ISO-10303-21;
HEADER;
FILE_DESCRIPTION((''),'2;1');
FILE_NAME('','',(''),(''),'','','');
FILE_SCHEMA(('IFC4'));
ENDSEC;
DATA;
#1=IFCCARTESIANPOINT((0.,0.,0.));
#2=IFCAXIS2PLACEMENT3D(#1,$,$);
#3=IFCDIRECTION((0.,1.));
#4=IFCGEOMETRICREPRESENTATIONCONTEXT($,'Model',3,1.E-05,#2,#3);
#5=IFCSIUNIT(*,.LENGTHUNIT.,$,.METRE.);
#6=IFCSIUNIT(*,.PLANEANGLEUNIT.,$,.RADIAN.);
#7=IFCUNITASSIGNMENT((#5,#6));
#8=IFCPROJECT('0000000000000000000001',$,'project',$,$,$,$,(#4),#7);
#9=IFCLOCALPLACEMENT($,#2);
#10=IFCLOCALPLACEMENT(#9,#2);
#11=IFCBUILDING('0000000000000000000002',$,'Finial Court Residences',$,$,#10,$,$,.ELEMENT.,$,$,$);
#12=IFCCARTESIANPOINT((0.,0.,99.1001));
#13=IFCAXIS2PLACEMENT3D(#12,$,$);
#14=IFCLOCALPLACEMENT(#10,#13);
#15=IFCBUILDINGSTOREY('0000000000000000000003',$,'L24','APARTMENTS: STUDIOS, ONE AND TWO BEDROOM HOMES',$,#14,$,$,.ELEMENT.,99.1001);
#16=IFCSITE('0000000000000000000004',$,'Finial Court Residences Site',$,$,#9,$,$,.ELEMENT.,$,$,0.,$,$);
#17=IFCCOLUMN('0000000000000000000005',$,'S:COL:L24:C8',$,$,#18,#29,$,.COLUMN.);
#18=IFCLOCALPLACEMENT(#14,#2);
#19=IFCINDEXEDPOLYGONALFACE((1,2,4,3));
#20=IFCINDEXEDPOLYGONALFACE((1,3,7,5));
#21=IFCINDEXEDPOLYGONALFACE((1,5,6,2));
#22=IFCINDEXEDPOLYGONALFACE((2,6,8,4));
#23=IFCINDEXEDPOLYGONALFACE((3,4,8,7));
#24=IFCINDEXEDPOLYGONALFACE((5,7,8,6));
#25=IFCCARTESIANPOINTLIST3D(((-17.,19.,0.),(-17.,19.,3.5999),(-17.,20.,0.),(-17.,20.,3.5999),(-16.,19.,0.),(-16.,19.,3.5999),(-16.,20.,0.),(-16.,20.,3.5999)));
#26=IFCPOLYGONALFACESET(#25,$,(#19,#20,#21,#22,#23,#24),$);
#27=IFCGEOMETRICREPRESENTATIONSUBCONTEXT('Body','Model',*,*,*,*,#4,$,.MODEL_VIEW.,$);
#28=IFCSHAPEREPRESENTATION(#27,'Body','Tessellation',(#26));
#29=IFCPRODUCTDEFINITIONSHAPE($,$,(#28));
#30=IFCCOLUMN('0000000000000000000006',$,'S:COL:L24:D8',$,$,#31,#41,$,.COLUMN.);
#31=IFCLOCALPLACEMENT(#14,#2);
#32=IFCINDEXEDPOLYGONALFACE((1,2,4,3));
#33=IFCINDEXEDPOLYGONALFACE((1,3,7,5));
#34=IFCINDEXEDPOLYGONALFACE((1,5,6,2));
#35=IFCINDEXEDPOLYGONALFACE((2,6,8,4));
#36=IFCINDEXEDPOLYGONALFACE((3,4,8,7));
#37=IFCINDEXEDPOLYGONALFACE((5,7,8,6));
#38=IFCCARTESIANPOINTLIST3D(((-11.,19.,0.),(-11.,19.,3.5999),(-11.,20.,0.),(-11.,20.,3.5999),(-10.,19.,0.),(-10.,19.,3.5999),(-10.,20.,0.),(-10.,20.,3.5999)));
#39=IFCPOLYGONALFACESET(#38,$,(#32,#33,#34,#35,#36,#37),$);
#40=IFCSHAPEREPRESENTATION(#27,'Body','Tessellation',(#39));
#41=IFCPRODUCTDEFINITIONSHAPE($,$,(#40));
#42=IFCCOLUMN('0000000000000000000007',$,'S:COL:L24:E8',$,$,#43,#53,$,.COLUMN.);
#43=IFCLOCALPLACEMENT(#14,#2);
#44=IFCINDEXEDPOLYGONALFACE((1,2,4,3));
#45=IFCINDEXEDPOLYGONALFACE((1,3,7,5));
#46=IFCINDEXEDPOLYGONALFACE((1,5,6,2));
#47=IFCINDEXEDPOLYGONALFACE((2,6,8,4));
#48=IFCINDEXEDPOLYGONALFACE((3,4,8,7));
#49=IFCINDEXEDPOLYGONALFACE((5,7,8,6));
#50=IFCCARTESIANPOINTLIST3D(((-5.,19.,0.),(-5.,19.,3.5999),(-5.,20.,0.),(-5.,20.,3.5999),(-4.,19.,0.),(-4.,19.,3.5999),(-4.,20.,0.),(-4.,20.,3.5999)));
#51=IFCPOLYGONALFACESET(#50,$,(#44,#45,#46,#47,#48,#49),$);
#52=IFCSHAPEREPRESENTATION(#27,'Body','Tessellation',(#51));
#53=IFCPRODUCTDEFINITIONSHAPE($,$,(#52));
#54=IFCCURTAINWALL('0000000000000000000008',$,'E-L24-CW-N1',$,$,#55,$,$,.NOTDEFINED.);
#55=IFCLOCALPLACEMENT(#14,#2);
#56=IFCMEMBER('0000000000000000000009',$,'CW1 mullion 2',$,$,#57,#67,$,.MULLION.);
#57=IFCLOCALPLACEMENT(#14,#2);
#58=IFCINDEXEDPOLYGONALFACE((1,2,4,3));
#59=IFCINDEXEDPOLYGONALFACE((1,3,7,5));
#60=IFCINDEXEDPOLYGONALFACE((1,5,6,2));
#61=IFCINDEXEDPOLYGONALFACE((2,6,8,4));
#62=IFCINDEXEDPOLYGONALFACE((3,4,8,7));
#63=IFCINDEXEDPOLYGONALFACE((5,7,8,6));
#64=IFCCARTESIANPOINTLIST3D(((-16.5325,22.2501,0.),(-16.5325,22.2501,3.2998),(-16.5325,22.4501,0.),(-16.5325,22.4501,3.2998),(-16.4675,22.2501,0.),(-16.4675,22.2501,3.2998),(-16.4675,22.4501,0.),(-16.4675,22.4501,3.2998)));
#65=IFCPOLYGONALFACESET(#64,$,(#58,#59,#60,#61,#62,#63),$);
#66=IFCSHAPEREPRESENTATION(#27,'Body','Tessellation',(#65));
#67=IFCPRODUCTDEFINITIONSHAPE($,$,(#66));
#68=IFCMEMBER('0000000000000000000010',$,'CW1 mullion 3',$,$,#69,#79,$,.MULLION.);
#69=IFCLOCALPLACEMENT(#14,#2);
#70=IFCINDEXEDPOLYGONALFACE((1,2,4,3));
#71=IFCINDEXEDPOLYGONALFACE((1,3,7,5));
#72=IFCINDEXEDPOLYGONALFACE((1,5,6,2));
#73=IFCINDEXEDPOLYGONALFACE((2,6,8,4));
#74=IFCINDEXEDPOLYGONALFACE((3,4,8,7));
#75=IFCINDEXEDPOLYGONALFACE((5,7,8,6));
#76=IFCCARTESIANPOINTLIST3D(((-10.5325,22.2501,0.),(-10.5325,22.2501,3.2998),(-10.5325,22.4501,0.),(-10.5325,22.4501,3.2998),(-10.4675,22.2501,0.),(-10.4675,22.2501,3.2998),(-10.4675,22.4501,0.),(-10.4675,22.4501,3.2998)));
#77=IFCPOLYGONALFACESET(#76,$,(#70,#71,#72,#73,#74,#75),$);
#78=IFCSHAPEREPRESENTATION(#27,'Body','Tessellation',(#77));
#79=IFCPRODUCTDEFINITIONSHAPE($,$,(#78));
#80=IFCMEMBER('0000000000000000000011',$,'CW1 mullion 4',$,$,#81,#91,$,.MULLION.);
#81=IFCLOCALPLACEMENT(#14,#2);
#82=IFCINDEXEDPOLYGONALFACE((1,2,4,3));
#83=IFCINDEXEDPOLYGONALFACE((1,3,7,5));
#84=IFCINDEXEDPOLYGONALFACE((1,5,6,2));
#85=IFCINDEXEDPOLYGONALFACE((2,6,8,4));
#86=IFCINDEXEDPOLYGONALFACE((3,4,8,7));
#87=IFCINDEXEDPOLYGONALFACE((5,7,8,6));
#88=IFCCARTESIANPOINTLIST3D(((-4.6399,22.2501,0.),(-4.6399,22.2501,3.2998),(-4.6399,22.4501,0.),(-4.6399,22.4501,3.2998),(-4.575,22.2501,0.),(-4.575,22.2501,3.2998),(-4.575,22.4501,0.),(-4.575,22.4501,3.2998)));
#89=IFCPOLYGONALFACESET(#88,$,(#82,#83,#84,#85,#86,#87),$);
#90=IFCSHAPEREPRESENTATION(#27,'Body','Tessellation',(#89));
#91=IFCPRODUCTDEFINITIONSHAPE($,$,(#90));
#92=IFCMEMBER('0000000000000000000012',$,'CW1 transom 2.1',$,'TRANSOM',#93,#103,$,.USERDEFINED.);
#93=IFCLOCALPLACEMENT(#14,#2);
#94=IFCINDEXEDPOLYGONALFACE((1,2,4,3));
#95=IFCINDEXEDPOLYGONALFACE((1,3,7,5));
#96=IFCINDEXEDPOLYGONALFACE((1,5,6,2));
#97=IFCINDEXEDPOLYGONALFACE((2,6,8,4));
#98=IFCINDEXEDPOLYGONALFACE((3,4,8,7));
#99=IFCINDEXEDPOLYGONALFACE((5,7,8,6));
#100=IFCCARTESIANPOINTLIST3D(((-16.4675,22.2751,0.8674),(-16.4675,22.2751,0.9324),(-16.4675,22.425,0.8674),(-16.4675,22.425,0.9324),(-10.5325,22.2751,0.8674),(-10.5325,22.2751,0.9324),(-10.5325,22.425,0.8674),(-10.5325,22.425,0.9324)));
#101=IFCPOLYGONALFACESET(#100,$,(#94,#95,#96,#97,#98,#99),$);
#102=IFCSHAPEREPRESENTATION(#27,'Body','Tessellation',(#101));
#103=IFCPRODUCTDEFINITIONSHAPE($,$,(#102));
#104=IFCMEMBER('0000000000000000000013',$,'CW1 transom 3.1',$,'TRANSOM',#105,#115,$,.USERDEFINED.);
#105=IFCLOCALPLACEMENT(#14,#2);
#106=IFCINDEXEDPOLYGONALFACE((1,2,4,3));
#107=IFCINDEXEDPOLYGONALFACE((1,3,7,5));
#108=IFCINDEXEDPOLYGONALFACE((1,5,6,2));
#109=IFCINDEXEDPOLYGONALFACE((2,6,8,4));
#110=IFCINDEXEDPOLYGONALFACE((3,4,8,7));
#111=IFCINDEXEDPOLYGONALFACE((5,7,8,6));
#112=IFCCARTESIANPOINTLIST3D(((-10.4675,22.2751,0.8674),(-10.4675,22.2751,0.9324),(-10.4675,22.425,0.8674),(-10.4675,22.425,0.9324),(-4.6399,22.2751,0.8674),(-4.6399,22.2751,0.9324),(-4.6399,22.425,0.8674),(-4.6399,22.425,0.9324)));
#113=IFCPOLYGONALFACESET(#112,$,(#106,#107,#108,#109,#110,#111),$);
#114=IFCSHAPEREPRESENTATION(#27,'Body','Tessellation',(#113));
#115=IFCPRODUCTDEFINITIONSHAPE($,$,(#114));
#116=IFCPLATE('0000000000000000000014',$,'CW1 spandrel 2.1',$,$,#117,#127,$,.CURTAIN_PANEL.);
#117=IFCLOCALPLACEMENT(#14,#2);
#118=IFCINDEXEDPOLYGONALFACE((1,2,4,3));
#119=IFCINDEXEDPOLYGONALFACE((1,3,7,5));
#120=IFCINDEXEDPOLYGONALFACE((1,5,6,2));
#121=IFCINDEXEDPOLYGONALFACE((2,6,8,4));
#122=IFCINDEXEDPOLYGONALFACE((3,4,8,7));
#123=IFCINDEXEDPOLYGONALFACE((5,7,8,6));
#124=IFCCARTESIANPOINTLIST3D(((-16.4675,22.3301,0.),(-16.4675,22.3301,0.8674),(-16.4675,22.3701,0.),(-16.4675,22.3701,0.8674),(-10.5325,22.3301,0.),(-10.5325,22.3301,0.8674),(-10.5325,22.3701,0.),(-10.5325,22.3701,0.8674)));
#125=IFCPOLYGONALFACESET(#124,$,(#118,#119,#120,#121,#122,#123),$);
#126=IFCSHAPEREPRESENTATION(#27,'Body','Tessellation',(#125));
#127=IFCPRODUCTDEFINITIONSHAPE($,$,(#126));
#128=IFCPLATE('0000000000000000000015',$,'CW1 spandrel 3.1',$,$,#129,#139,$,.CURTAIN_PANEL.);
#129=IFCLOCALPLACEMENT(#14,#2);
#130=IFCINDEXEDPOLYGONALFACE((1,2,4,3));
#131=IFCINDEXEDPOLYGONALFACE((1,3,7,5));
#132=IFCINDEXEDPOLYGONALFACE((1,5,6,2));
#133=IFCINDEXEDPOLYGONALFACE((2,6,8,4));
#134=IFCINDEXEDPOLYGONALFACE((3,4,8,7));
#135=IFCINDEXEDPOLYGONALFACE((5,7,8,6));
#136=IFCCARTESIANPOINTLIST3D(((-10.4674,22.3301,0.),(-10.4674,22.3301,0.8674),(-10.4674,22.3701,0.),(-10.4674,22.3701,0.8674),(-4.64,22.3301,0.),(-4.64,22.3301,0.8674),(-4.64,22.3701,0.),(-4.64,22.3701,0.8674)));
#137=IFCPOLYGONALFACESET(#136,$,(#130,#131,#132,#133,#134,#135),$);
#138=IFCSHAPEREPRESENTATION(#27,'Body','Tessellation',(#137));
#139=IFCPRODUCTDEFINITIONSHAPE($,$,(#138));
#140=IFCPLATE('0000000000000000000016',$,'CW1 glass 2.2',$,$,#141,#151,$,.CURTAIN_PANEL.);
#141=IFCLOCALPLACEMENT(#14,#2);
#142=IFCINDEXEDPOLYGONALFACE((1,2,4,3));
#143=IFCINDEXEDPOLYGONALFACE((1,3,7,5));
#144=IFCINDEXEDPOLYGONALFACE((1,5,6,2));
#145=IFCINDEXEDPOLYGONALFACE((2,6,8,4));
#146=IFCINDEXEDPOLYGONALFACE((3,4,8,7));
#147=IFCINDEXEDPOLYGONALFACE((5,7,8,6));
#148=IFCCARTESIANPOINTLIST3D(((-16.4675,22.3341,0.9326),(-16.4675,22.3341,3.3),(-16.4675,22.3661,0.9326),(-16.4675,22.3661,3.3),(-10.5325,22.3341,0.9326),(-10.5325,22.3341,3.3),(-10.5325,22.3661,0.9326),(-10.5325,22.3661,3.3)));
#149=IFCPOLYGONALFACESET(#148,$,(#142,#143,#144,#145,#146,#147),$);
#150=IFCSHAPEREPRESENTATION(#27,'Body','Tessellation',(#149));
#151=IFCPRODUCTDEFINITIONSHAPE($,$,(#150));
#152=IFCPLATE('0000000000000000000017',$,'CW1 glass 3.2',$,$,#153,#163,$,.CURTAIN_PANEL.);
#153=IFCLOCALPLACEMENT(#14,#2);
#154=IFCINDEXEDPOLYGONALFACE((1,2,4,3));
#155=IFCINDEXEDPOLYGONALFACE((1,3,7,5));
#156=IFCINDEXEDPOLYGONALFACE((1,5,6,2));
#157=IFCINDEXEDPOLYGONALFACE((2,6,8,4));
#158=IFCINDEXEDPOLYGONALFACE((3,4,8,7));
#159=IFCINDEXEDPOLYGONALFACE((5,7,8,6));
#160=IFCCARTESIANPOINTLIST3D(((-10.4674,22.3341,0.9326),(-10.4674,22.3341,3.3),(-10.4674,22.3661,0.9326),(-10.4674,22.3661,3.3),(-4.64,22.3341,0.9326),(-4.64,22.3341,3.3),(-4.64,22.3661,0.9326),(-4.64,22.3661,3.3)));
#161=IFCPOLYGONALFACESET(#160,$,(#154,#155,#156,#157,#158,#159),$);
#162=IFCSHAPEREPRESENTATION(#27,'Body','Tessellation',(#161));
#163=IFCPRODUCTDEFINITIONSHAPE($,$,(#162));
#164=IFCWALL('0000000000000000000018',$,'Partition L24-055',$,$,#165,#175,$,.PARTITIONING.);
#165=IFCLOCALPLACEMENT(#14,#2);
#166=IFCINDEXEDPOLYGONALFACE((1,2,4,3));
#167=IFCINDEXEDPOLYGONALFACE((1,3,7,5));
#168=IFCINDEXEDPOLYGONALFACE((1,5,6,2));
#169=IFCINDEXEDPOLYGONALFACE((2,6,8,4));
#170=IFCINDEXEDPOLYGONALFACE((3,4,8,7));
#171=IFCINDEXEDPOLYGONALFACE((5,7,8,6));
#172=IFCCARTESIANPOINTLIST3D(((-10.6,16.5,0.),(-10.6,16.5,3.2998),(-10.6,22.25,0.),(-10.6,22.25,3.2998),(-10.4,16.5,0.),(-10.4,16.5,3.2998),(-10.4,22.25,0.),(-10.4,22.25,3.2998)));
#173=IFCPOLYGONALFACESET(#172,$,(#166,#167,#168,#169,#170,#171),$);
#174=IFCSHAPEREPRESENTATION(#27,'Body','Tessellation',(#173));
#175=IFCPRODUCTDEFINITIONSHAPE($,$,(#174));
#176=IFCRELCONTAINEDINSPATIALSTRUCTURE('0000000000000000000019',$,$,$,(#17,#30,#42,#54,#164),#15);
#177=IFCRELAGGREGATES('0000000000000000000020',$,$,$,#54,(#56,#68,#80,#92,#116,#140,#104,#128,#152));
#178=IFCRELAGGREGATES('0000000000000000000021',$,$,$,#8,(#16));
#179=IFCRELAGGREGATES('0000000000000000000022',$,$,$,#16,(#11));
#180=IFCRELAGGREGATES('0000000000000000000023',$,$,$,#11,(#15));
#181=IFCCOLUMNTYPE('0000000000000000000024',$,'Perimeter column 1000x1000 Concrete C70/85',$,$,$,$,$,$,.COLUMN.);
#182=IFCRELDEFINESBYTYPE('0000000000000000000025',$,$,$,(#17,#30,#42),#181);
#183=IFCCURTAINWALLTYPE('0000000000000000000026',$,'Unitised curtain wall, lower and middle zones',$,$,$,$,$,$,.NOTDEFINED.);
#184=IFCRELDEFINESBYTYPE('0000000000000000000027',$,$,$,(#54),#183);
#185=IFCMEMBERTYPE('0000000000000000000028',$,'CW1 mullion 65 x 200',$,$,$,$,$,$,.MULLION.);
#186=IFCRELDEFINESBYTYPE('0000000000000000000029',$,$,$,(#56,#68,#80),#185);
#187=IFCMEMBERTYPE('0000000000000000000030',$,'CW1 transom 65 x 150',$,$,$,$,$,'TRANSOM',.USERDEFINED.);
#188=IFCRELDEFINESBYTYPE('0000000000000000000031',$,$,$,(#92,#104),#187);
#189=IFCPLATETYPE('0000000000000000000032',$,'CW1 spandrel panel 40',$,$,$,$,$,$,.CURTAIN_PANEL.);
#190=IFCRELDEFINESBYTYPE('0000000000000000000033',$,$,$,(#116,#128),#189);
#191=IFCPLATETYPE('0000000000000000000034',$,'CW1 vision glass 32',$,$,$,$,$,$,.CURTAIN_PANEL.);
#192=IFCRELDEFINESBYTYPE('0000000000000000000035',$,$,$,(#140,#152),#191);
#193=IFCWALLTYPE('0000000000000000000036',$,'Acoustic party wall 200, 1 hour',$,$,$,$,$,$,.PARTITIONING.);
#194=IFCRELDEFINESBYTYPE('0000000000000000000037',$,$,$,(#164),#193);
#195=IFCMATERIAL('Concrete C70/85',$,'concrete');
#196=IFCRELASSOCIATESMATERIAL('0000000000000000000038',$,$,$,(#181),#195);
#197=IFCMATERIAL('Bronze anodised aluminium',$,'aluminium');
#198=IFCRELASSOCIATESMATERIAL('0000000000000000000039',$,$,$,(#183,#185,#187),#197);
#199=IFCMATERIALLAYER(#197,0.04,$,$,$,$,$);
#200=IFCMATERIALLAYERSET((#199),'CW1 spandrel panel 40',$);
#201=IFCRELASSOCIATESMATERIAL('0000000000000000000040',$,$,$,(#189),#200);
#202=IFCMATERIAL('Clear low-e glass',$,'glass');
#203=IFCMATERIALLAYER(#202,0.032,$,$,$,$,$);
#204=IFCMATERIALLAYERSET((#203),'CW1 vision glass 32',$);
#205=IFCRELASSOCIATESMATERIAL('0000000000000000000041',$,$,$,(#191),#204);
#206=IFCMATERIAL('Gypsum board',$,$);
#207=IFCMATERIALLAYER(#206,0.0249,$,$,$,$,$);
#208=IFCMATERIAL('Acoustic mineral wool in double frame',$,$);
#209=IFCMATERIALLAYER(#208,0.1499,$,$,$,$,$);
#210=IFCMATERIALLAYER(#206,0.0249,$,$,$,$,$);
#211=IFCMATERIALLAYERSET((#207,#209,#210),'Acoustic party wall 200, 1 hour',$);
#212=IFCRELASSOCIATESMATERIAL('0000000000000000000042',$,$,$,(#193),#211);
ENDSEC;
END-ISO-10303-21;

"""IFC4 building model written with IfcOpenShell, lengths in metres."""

from ifc_helpers import new_model, si_unit, direction, frame, frame_2d, origin, origin_2d, place, context, subcontext, project, spatial, rectangle, extrude, material, layer, layer_set, material_profile, profile_set, type_object, element, aggregate, save


model = new_model("IFC4")

# Units and contexts
model_context = context("Model", 3, precision=1e-05, world=origin(), true_north=direction((0.0, 1.0)))
body_context = subcontext(model_context, "Body", "Model", "MODEL_VIEW")
ifc_project = project(units=[si_unit("LENGTHUNIT", "METRE"), si_unit("PLANEANGLEUNIT", "RADIAN")], contexts=[model_context])

# Site, building, storey
site_placement = place(None, origin())
site = spatial("IfcSite", under=ifc_project, at=site_placement, Name="Finial Court Residences Site", CompositionType="ELEMENT", RefElevation=0.0)
building_placement = place(site_placement, origin())
building = spatial("IfcBuilding", under=site, at=building_placement, Name="Finial Court Residences", CompositionType="ELEMENT")
storey_placement = place(building_placement, frame((0.0, 0.0, 99.1001)))
storey = spatial("IfcBuildingStorey", under=building, at=storey_placement, Name="L24", Description="APARTMENTS: STUDIOS, ONE AND TWO BEDROOM HOMES", CompositionType="ELEMENT", Elevation=99.1001)

# Columns
ifc_material_1 = material(Name="Concrete C70/85", Category="concrete")
ifc_material_profile_1 = material_profile(ifc_material_1, rectangle(XDim=1.0, YDim=1.0, at=origin_2d()), Name="1000x1000")
ifc_profile_set_1 = profile_set([ifc_material_profile_1], Name="Concrete C70/85")
column_type = type_object("IfcColumnType", Name="Perimeter column 1000x1000 Concrete C70/85", PredefinedType="COLUMN", material=ifc_profile_set_1)
for number, where, z_axis, x_axis, name in (
    (1, (-16.5, 19.5, 0.0), (0.0, 0.0, 1.0), (1.0, 0.0, 0.0), "S:COL:L24:C8"),
    (2, (-10.5, 19.5, 0.0), (0.0, 0.0, 1.0), (1.0, 0.0, 0.0), "S:COL:L24:D8"),
    (3, (-4.5, 19.5, 0.0), (0.0, 0.0, 1.0), (1.0, 0.0, 0.0), "S:COL:L24:E8"),
):
    element("IfcColumn", number, at=place(storey_placement, frame(where, z_axis=z_axis, x_axis=x_axis)), inside=storey, type_object=column_type, Name=name, PredefinedType="COLUMN", context=body_context, shape_type="SweptSolid", body=[
        extrude(rectangle(XDim=1.0, YDim=1.0, at=origin_2d()), origin(), (0.0, 0.0, 1.0), 3.5999),
    ])

# Curtain wall, members, plates
ifc_material_2 = material(Name="Bronze anodised aluminium", Category="aluminium")
curtain_wall_type = type_object("IfcCurtainWallType", Name="Unitised curtain wall, lower and middle zones", PredefinedType="NOTDEFINED", material=ifc_material_2)
curtain_wall_placement = place(storey_placement, origin())
curtain_wall = element("IfcCurtainWall", 4, at=curtain_wall_placement, inside=storey, type_object=curtain_wall_type, Name="E-L24-CW-N1", PredefinedType="NOTDEFINED")
ifc_material_profile_2 = material_profile(ifc_material_2, rectangle(XDim=0.2, YDim=0.0649, at=origin_2d()), Name="CW1 mullion 65 x 200")
ifc_profile_set_2 = profile_set([ifc_material_profile_2], Name="Bronze anodised aluminium")
member_type_1 = type_object("IfcMemberType", Name="CW1 mullion 65 x 200", PredefinedType="MULLION", material=ifc_profile_set_2)
member_1_placement = place(storey_placement, frame((-16.5, 22.3501, 0.0), z_axis=(0.0, 0.0, 1.0), x_axis=(0.0, 1.0, 0.0)))
member_1 = element("IfcMember", 5, at=member_1_placement, type_object=member_type_1, Name="CW1 mullion 2", PredefinedType="MULLION", context=body_context, shape_type="SweptSolid", body=[
    extrude(rectangle(XDim=0.2, YDim=0.0649, at=origin_2d()), origin(), (0.0, 0.0, 1.0), 3.2998),
])
member_2_placement = place(storey_placement, frame((-10.5, 22.3501, 0.0), z_axis=(0.0, 0.0, 1.0), x_axis=(0.0, 1.0, 0.0)))
member_2 = element("IfcMember", 6, at=member_2_placement, type_object=member_type_1, Name="CW1 mullion 3", PredefinedType="MULLION", context=body_context, shape_type="SweptSolid", body=[
    extrude(rectangle(XDim=0.2, YDim=0.0649, at=origin_2d()), origin(), (0.0, 0.0, 1.0), 3.2998),
])
member_3_placement = place(storey_placement, frame((-4.6074, 22.3501, 0.0), z_axis=(0.0, 0.0, 1.0), x_axis=(0.0, 1.0, 0.0)))
member_3 = element("IfcMember", 7, at=member_3_placement, type_object=member_type_1, Name="CW1 mullion 4", PredefinedType="MULLION", context=body_context, shape_type="SweptSolid", body=[
    extrude(rectangle(XDim=0.2, YDim=0.0649, at=origin_2d()), origin(), (0.0, 0.0, 1.0), 3.2998),
])
ifc_material_profile_3 = material_profile(ifc_material_2, rectangle(XDim=0.1499, YDim=0.0649, at=origin_2d()), Name="CW1 transom 65 x 150")
ifc_profile_set_3 = profile_set([ifc_material_profile_3], Name="Bronze anodised aluminium")
member_type_2 = type_object("IfcMemberType", Name="CW1 transom 65 x 150", ElementType="TRANSOM", PredefinedType="USERDEFINED", material=ifc_profile_set_3)
member_4_placement = place(storey_placement, frame((-16.4675, 22.3501, 0.8999), z_axis=(1.0, 0.0, 0.0), x_axis=(0.0, 1.0, 0.0)))
member_4 = element("IfcMember", 8, at=member_4_placement, type_object=member_type_2, Name="CW1 transom 2.1", ObjectType="TRANSOM", PredefinedType="USERDEFINED", context=body_context, shape_type="SweptSolid", body=[
    extrude(rectangle(XDim=0.1499, YDim=0.0649, at=origin_2d()), origin(), (0.0, 0.0, 1.0), 5.9351),
])
member_5_placement = place(storey_placement, frame((-10.4675, 22.3501, 0.8999), z_axis=(1.0, 0.0, 0.0), x_axis=(0.0, 1.0, 0.0)))
member_5 = element("IfcMember", 9, at=member_5_placement, type_object=member_type_2, Name="CW1 transom 3.1", ObjectType="TRANSOM", PredefinedType="USERDEFINED", context=body_context, shape_type="SweptSolid", body=[
    extrude(rectangle(XDim=0.1499, YDim=0.0649, at=origin_2d()), origin(), (0.0, 0.0, 1.0), 5.8276),
])
ifc_layer_1 = layer(ifc_material_2, 0.04)
ifc_layer_set_1 = layer_set([ifc_layer_1], Name="CW1 spandrel panel 40")
plate_type_1 = type_object("IfcPlateType", Name="CW1 spandrel panel 40", PredefinedType="CURTAIN_PANEL", material=ifc_layer_set_1)
plate_1_placement = place(storey_placement, frame((-13.5, 22.3501, 0.0), z_axis=(0.0, 0.0, 1.0), x_axis=(1.0, 0.0, 0.0)))
plate_1 = element("IfcPlate", 10, at=plate_1_placement, type_object=plate_type_1, Name="CW1 spandrel 2.1", PredefinedType="CURTAIN_PANEL", context=body_context, shape_type="SweptSolid", body=[
    extrude(rectangle(XDim=5.9351, YDim=0.04, at=origin_2d()), origin(), (0.0, 0.0, 1.0), 0.8674),
])
plate_2_placement = place(storey_placement, frame((-7.5537, 22.3501, 0.0), z_axis=(0.0, 0.0, 1.0), x_axis=(1.0, 0.0, 0.0)))
plate_2 = element("IfcPlate", 11, at=plate_2_placement, type_object=plate_type_1, Name="CW1 spandrel 3.1", PredefinedType="CURTAIN_PANEL", context=body_context, shape_type="SweptSolid", body=[
    extrude(rectangle(XDim=5.8274, YDim=0.04, at=origin_2d()), origin(), (0.0, 0.0, 1.0), 0.8674),
])
ifc_material_3 = material(Name="Clear low-e glass", Category="glass")
ifc_layer_2 = layer(ifc_material_3, 0.032)
ifc_layer_set_2 = layer_set([ifc_layer_2], Name="CW1 vision glass 32")
plate_type_2 = type_object("IfcPlateType", Name="CW1 vision glass 32", PredefinedType="CURTAIN_PANEL", material=ifc_layer_set_2)
plate_3_placement = place(storey_placement, frame((-13.5, 22.3501, 0.9326), z_axis=(0.0, 0.0, 1.0), x_axis=(1.0, 0.0, 0.0)))
plate_3 = element("IfcPlate", 12, at=plate_3_placement, type_object=plate_type_2, Name="CW1 glass 2.2", PredefinedType="CURTAIN_PANEL", context=body_context, shape_type="SweptSolid", body=[
    extrude(rectangle(XDim=5.9351, YDim=0.032, at=origin_2d()), origin(), (0.0, 0.0, 1.0), 2.3674),
])
plate_4_placement = place(storey_placement, frame((-7.5537, 22.3501, 0.9326), z_axis=(0.0, 0.0, 1.0), x_axis=(1.0, 0.0, 0.0)))
plate_4 = element("IfcPlate", 13, at=plate_4_placement, type_object=plate_type_2, Name="CW1 glass 3.2", PredefinedType="CURTAIN_PANEL", context=body_context, shape_type="SweptSolid", body=[
    extrude(rectangle(XDim=5.8274, YDim=0.032, at=origin_2d()), origin(), (0.0, 0.0, 1.0), 2.3674),
])
aggregate(curtain_wall, [member_1, member_2, member_3, member_4, plate_1, plate_3, member_5, plate_2, plate_4])

# Wall
ifc_material_4 = material(Name="Gypsum board")
ifc_layer_3 = layer(ifc_material_4, 0.0249)
ifc_material_5 = material(Name="Acoustic mineral wool in double frame")
ifc_layer_4 = layer(ifc_material_5, 0.1499)
ifc_layer_5 = layer(ifc_material_4, 0.0249)
ifc_layer_set_3 = layer_set([ifc_layer_3, ifc_layer_4, ifc_layer_5], Name="Acoustic party wall 200, 1 hour")
wall_type_1 = type_object("IfcWallType", Name="Acoustic party wall 200, 1 hour", PredefinedType="PARTITIONING", material=ifc_layer_set_3)
wall_1_placement = place(storey_placement, frame((-10.5, 16.5, 0.0), z_axis=(0.0, 0.0, 1.0), x_axis=(0.0, 1.0, 0.0)))
element("IfcWall", 14, at=wall_1_placement, inside=storey, type_object=wall_type_1, Name="Partition L24-055", PredefinedType="PARTITIONING", context=body_context, shape_type="SweptSolid", body=[
    extrude(rectangle(XDim=5.75, YDim=0.2, at=frame_2d((2.875, 0.0))), origin(), (0.0, 0.0, 1.0), 3.2998),
])

save(model, "model.ifc")
